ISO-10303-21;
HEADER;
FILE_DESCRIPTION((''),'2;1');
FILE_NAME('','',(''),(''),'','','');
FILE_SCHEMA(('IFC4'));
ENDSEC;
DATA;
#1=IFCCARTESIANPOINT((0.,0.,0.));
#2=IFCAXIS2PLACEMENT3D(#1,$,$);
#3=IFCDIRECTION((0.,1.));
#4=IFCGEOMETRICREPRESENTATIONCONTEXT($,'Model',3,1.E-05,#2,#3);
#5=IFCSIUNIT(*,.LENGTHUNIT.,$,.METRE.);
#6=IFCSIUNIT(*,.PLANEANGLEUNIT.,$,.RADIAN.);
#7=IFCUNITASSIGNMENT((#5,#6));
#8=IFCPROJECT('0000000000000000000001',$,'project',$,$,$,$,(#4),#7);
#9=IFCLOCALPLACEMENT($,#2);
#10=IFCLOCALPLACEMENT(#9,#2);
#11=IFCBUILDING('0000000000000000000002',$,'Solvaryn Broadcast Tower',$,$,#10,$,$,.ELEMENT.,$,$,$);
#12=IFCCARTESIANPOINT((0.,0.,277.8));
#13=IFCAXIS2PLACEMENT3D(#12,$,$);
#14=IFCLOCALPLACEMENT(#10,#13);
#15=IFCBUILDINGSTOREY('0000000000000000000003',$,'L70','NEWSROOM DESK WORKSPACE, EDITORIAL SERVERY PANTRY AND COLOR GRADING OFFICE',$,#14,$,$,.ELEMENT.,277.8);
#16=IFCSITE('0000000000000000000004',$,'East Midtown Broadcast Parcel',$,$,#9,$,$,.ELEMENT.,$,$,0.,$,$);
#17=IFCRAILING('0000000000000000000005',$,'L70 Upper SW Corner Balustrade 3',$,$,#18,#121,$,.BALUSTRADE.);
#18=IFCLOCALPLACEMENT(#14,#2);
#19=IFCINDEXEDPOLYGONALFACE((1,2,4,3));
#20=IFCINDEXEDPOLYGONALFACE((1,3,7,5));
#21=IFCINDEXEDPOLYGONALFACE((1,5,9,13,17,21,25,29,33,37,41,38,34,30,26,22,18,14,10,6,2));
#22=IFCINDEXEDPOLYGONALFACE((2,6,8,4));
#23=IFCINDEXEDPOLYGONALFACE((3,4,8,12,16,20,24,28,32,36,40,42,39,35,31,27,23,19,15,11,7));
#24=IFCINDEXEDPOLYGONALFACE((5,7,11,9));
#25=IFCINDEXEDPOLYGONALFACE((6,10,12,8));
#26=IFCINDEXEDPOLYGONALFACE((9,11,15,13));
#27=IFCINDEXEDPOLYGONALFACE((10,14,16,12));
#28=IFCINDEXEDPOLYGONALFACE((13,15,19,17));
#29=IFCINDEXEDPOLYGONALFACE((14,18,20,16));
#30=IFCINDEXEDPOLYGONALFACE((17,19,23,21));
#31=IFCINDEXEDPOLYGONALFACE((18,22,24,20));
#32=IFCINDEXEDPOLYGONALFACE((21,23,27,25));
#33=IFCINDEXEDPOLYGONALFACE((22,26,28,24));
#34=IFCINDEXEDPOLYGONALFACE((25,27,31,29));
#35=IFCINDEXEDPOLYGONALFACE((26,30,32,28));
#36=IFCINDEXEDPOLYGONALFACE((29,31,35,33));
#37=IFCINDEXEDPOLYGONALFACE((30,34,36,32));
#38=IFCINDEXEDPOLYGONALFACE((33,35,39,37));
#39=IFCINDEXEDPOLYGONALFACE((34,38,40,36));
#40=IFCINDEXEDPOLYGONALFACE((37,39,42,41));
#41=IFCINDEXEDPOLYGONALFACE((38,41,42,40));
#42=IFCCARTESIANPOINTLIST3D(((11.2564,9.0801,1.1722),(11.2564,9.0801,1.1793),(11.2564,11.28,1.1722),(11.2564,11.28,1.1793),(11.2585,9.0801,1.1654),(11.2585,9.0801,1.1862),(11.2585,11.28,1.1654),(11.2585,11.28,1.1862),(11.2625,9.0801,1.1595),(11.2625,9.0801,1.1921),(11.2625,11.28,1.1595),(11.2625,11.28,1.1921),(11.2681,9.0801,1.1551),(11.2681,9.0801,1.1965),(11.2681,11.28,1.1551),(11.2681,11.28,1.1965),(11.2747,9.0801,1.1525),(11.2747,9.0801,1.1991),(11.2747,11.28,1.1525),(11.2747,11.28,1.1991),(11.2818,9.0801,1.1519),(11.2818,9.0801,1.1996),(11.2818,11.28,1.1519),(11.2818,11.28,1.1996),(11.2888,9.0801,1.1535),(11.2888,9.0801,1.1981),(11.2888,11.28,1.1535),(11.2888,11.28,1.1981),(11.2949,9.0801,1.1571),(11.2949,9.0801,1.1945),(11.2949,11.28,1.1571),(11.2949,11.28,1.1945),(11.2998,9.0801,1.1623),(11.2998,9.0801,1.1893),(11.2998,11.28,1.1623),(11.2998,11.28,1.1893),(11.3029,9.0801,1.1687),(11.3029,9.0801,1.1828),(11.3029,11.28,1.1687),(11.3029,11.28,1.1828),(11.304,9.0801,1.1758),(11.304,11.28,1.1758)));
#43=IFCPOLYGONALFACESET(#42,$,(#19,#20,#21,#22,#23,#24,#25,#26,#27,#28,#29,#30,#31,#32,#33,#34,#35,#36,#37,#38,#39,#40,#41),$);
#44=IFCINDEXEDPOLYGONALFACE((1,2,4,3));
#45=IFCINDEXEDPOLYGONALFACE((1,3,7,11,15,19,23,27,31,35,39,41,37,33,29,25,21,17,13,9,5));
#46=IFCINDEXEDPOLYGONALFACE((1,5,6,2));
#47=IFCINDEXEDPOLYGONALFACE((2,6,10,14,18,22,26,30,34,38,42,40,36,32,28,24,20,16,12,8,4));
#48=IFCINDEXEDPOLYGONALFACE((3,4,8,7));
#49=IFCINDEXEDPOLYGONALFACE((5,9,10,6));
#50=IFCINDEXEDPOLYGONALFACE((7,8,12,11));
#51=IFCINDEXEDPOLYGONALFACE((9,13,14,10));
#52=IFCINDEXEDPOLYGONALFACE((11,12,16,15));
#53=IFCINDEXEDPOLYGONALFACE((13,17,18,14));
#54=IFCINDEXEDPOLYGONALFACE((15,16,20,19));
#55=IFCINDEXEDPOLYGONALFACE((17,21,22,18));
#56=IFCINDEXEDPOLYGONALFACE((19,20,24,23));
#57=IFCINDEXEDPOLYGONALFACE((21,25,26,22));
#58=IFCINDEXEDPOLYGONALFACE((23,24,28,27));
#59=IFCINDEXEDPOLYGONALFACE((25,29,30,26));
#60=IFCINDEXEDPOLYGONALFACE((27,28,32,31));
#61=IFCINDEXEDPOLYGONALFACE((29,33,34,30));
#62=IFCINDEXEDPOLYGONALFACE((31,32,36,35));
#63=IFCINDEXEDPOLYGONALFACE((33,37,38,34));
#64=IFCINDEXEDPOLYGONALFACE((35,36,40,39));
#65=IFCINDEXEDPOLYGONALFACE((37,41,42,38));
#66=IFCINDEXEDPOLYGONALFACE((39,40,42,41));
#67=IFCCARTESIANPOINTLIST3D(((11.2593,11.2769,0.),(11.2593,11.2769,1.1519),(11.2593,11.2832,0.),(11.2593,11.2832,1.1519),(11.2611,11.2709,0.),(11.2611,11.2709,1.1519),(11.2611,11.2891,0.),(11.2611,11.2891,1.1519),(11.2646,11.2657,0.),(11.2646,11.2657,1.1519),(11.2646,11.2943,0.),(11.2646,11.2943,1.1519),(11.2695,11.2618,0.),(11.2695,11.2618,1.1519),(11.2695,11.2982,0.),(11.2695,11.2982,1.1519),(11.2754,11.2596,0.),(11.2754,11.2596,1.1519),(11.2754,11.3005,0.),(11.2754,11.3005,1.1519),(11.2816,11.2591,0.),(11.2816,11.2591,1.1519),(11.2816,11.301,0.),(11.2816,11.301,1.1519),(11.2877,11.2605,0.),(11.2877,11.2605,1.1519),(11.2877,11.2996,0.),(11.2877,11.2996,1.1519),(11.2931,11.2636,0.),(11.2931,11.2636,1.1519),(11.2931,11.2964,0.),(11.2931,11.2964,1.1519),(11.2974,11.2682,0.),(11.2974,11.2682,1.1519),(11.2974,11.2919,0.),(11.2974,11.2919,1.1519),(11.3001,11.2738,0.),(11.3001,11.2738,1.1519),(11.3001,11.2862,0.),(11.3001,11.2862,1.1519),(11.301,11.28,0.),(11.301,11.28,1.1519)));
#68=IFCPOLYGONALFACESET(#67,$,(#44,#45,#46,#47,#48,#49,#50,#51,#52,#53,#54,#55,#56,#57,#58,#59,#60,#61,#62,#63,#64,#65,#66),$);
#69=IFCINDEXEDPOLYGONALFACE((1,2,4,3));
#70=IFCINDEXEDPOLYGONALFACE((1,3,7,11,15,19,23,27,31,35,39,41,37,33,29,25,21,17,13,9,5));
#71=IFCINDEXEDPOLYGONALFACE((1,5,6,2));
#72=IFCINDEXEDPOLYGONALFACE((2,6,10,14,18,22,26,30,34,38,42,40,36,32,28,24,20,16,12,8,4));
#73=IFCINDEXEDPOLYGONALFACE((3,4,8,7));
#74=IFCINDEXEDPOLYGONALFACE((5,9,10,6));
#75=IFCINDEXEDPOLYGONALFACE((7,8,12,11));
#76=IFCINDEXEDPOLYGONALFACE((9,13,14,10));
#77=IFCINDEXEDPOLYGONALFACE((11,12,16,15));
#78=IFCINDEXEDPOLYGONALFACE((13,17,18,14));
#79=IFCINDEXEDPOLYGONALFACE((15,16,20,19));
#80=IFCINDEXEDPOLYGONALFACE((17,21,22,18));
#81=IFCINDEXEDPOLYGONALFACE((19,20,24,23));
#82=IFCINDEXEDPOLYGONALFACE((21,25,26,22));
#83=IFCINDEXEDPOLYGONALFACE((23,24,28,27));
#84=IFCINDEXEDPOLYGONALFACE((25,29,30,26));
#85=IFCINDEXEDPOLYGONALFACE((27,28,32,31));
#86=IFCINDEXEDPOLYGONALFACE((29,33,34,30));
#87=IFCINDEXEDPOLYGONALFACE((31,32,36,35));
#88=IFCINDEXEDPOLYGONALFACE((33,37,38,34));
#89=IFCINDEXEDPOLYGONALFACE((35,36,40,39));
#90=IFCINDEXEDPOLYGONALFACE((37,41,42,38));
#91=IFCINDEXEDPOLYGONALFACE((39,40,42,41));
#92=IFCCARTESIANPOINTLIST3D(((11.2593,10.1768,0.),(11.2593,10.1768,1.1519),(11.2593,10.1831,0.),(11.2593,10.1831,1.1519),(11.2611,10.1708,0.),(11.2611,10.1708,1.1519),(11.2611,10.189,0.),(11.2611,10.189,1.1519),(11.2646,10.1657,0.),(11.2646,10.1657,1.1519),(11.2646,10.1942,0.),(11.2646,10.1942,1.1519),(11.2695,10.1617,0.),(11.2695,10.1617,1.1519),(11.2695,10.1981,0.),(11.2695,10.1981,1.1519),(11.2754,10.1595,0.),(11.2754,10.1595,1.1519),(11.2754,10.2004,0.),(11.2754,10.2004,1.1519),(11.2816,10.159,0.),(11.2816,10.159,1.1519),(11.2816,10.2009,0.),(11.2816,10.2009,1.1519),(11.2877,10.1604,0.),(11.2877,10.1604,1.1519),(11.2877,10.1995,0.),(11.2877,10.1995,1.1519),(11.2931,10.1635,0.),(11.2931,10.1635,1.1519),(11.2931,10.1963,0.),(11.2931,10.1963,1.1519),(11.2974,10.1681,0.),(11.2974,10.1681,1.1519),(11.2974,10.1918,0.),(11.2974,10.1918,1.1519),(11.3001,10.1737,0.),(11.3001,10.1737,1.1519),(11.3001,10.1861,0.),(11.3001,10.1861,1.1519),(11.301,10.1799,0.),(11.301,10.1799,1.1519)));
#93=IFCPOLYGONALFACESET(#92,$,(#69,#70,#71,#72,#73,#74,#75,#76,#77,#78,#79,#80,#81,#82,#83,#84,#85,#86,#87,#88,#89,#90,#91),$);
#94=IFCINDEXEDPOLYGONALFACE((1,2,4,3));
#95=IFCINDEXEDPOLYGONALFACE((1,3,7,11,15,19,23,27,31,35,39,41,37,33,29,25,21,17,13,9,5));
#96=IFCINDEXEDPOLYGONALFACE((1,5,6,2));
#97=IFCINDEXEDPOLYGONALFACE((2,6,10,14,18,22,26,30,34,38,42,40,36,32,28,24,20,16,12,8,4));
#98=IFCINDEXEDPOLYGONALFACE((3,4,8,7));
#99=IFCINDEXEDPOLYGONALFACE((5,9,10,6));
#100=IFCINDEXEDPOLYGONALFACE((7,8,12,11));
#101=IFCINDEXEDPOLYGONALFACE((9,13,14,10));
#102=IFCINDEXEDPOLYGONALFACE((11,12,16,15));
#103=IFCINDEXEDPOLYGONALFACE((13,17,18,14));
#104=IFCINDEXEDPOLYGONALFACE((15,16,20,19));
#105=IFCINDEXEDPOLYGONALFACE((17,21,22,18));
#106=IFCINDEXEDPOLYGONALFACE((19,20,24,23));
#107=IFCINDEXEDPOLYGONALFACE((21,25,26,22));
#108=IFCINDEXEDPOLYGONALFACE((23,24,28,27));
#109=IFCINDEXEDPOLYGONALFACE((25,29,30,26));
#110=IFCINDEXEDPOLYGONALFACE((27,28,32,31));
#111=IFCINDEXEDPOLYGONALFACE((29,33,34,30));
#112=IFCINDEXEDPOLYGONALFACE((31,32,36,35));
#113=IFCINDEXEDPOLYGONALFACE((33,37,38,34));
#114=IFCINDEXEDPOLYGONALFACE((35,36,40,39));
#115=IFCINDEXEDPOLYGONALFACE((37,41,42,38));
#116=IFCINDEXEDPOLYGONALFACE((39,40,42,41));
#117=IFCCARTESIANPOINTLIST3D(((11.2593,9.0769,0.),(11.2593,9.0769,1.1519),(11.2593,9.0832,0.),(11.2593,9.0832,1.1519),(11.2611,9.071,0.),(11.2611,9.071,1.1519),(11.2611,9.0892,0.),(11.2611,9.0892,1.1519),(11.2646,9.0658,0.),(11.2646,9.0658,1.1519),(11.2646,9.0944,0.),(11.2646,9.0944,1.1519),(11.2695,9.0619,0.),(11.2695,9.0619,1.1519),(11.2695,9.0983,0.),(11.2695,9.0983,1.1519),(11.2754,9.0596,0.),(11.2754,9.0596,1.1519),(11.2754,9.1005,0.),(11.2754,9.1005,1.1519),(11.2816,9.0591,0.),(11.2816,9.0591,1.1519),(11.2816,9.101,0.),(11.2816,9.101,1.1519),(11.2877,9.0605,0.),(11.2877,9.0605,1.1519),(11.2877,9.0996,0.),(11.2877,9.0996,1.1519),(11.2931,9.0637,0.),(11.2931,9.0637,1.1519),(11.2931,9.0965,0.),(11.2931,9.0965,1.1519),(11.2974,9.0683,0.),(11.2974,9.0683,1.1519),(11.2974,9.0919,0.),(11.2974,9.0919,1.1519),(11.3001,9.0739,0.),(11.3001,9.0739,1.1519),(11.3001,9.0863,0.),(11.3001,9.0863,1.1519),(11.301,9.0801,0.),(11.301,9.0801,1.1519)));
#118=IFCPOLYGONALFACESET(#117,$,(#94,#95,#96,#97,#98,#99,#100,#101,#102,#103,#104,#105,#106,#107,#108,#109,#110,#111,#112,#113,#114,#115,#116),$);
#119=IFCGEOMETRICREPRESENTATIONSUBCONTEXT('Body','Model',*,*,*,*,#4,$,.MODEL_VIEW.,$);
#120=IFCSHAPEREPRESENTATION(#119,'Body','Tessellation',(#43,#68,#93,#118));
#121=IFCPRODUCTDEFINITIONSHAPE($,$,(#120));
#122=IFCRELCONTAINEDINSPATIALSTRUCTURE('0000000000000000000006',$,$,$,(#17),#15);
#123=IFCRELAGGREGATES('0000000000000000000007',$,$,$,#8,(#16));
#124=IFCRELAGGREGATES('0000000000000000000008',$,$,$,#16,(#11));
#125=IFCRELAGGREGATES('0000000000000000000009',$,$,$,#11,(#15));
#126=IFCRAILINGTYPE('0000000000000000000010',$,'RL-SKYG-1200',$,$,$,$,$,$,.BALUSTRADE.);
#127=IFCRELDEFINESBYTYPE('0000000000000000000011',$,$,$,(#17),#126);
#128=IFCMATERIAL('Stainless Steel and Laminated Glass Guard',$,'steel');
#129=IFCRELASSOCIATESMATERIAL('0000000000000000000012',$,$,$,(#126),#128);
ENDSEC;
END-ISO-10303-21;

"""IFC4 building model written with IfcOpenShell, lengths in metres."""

from ifc_helpers import new_model, si_unit, direction, frame, origin, origin_2d, place, context, subcontext, project, spatial, circle, extrude, material, type_object, element, save


model = new_model("IFC4")

# Units and contexts
model_context = context("Model", 3, precision=1e-05, world=origin(), true_north=direction((0.0, 1.0)))
body_context = subcontext(model_context, "Body", "Model", "MODEL_VIEW")
ifc_project = project(units=[si_unit("LENGTHUNIT", "METRE"), si_unit("PLANEANGLEUNIT", "RADIAN")], contexts=[model_context])

# Site, building, storey
site_placement = place(None, origin())
site = spatial("IfcSite", under=ifc_project, at=site_placement, Name="East Midtown Broadcast Parcel", CompositionType="ELEMENT", RefElevation=0.0)
building_placement = place(site_placement, origin())
building = spatial("IfcBuilding", under=site, at=building_placement, Name="Solvaryn Broadcast Tower", CompositionType="ELEMENT")
storey_placement = place(building_placement, frame((0.0, 0.0, 277.8)))
storey = spatial("IfcBuildingStorey", under=building, at=storey_placement, Name="L70", Description="NEWSROOM DESK WORKSPACE, EDITORIAL SERVERY PANTRY AND COLOR GRADING OFFICE", CompositionType="ELEMENT", Elevation=277.8)

# Railing
ifc_material_1 = material(Name="Stainless Steel and Laminated Glass Guard", Category="steel")
railing_type = type_object("IfcRailingType", Name="RL-SKYG-1200", PredefinedType="BALUSTRADE", material=ifc_material_1)
railing_1_placement = place(storey_placement, frame((11.28, 11.28, 0.0)))
element("IfcRailing", 1, at=railing_1_placement, inside=storey, type_object=railing_type, Name="L70 Upper SW Corner Balustrade 3", PredefinedType="BALUSTRADE", context=body_context, shape_type="SweptSolid", body=[
    extrude(circle(Radius=0.0239, at=origin_2d()), frame((0.0, 0.0, 1.1758), z_axis=(0.0, -1.0, 0.0), x_axis=(1.0, 0.0, 0.0)), (0.0, 0.0, 1.0), 2.2),
    extrude(circle(Radius=0.021, at=origin_2d()), origin(), (0.0, 0.0, 1.0), 1.1519),
    extrude(circle(Radius=0.021, at=origin_2d()), frame((0.0, -1.1001, 0.0)), (0.0, 0.0, 1.0), 1.1519),
    extrude(circle(Radius=0.021, at=origin_2d()), frame((0.0, -2.2, 0.0)), (0.0, 0.0, 1.0), 1.1519),
])

save(model, "model.ifc")
